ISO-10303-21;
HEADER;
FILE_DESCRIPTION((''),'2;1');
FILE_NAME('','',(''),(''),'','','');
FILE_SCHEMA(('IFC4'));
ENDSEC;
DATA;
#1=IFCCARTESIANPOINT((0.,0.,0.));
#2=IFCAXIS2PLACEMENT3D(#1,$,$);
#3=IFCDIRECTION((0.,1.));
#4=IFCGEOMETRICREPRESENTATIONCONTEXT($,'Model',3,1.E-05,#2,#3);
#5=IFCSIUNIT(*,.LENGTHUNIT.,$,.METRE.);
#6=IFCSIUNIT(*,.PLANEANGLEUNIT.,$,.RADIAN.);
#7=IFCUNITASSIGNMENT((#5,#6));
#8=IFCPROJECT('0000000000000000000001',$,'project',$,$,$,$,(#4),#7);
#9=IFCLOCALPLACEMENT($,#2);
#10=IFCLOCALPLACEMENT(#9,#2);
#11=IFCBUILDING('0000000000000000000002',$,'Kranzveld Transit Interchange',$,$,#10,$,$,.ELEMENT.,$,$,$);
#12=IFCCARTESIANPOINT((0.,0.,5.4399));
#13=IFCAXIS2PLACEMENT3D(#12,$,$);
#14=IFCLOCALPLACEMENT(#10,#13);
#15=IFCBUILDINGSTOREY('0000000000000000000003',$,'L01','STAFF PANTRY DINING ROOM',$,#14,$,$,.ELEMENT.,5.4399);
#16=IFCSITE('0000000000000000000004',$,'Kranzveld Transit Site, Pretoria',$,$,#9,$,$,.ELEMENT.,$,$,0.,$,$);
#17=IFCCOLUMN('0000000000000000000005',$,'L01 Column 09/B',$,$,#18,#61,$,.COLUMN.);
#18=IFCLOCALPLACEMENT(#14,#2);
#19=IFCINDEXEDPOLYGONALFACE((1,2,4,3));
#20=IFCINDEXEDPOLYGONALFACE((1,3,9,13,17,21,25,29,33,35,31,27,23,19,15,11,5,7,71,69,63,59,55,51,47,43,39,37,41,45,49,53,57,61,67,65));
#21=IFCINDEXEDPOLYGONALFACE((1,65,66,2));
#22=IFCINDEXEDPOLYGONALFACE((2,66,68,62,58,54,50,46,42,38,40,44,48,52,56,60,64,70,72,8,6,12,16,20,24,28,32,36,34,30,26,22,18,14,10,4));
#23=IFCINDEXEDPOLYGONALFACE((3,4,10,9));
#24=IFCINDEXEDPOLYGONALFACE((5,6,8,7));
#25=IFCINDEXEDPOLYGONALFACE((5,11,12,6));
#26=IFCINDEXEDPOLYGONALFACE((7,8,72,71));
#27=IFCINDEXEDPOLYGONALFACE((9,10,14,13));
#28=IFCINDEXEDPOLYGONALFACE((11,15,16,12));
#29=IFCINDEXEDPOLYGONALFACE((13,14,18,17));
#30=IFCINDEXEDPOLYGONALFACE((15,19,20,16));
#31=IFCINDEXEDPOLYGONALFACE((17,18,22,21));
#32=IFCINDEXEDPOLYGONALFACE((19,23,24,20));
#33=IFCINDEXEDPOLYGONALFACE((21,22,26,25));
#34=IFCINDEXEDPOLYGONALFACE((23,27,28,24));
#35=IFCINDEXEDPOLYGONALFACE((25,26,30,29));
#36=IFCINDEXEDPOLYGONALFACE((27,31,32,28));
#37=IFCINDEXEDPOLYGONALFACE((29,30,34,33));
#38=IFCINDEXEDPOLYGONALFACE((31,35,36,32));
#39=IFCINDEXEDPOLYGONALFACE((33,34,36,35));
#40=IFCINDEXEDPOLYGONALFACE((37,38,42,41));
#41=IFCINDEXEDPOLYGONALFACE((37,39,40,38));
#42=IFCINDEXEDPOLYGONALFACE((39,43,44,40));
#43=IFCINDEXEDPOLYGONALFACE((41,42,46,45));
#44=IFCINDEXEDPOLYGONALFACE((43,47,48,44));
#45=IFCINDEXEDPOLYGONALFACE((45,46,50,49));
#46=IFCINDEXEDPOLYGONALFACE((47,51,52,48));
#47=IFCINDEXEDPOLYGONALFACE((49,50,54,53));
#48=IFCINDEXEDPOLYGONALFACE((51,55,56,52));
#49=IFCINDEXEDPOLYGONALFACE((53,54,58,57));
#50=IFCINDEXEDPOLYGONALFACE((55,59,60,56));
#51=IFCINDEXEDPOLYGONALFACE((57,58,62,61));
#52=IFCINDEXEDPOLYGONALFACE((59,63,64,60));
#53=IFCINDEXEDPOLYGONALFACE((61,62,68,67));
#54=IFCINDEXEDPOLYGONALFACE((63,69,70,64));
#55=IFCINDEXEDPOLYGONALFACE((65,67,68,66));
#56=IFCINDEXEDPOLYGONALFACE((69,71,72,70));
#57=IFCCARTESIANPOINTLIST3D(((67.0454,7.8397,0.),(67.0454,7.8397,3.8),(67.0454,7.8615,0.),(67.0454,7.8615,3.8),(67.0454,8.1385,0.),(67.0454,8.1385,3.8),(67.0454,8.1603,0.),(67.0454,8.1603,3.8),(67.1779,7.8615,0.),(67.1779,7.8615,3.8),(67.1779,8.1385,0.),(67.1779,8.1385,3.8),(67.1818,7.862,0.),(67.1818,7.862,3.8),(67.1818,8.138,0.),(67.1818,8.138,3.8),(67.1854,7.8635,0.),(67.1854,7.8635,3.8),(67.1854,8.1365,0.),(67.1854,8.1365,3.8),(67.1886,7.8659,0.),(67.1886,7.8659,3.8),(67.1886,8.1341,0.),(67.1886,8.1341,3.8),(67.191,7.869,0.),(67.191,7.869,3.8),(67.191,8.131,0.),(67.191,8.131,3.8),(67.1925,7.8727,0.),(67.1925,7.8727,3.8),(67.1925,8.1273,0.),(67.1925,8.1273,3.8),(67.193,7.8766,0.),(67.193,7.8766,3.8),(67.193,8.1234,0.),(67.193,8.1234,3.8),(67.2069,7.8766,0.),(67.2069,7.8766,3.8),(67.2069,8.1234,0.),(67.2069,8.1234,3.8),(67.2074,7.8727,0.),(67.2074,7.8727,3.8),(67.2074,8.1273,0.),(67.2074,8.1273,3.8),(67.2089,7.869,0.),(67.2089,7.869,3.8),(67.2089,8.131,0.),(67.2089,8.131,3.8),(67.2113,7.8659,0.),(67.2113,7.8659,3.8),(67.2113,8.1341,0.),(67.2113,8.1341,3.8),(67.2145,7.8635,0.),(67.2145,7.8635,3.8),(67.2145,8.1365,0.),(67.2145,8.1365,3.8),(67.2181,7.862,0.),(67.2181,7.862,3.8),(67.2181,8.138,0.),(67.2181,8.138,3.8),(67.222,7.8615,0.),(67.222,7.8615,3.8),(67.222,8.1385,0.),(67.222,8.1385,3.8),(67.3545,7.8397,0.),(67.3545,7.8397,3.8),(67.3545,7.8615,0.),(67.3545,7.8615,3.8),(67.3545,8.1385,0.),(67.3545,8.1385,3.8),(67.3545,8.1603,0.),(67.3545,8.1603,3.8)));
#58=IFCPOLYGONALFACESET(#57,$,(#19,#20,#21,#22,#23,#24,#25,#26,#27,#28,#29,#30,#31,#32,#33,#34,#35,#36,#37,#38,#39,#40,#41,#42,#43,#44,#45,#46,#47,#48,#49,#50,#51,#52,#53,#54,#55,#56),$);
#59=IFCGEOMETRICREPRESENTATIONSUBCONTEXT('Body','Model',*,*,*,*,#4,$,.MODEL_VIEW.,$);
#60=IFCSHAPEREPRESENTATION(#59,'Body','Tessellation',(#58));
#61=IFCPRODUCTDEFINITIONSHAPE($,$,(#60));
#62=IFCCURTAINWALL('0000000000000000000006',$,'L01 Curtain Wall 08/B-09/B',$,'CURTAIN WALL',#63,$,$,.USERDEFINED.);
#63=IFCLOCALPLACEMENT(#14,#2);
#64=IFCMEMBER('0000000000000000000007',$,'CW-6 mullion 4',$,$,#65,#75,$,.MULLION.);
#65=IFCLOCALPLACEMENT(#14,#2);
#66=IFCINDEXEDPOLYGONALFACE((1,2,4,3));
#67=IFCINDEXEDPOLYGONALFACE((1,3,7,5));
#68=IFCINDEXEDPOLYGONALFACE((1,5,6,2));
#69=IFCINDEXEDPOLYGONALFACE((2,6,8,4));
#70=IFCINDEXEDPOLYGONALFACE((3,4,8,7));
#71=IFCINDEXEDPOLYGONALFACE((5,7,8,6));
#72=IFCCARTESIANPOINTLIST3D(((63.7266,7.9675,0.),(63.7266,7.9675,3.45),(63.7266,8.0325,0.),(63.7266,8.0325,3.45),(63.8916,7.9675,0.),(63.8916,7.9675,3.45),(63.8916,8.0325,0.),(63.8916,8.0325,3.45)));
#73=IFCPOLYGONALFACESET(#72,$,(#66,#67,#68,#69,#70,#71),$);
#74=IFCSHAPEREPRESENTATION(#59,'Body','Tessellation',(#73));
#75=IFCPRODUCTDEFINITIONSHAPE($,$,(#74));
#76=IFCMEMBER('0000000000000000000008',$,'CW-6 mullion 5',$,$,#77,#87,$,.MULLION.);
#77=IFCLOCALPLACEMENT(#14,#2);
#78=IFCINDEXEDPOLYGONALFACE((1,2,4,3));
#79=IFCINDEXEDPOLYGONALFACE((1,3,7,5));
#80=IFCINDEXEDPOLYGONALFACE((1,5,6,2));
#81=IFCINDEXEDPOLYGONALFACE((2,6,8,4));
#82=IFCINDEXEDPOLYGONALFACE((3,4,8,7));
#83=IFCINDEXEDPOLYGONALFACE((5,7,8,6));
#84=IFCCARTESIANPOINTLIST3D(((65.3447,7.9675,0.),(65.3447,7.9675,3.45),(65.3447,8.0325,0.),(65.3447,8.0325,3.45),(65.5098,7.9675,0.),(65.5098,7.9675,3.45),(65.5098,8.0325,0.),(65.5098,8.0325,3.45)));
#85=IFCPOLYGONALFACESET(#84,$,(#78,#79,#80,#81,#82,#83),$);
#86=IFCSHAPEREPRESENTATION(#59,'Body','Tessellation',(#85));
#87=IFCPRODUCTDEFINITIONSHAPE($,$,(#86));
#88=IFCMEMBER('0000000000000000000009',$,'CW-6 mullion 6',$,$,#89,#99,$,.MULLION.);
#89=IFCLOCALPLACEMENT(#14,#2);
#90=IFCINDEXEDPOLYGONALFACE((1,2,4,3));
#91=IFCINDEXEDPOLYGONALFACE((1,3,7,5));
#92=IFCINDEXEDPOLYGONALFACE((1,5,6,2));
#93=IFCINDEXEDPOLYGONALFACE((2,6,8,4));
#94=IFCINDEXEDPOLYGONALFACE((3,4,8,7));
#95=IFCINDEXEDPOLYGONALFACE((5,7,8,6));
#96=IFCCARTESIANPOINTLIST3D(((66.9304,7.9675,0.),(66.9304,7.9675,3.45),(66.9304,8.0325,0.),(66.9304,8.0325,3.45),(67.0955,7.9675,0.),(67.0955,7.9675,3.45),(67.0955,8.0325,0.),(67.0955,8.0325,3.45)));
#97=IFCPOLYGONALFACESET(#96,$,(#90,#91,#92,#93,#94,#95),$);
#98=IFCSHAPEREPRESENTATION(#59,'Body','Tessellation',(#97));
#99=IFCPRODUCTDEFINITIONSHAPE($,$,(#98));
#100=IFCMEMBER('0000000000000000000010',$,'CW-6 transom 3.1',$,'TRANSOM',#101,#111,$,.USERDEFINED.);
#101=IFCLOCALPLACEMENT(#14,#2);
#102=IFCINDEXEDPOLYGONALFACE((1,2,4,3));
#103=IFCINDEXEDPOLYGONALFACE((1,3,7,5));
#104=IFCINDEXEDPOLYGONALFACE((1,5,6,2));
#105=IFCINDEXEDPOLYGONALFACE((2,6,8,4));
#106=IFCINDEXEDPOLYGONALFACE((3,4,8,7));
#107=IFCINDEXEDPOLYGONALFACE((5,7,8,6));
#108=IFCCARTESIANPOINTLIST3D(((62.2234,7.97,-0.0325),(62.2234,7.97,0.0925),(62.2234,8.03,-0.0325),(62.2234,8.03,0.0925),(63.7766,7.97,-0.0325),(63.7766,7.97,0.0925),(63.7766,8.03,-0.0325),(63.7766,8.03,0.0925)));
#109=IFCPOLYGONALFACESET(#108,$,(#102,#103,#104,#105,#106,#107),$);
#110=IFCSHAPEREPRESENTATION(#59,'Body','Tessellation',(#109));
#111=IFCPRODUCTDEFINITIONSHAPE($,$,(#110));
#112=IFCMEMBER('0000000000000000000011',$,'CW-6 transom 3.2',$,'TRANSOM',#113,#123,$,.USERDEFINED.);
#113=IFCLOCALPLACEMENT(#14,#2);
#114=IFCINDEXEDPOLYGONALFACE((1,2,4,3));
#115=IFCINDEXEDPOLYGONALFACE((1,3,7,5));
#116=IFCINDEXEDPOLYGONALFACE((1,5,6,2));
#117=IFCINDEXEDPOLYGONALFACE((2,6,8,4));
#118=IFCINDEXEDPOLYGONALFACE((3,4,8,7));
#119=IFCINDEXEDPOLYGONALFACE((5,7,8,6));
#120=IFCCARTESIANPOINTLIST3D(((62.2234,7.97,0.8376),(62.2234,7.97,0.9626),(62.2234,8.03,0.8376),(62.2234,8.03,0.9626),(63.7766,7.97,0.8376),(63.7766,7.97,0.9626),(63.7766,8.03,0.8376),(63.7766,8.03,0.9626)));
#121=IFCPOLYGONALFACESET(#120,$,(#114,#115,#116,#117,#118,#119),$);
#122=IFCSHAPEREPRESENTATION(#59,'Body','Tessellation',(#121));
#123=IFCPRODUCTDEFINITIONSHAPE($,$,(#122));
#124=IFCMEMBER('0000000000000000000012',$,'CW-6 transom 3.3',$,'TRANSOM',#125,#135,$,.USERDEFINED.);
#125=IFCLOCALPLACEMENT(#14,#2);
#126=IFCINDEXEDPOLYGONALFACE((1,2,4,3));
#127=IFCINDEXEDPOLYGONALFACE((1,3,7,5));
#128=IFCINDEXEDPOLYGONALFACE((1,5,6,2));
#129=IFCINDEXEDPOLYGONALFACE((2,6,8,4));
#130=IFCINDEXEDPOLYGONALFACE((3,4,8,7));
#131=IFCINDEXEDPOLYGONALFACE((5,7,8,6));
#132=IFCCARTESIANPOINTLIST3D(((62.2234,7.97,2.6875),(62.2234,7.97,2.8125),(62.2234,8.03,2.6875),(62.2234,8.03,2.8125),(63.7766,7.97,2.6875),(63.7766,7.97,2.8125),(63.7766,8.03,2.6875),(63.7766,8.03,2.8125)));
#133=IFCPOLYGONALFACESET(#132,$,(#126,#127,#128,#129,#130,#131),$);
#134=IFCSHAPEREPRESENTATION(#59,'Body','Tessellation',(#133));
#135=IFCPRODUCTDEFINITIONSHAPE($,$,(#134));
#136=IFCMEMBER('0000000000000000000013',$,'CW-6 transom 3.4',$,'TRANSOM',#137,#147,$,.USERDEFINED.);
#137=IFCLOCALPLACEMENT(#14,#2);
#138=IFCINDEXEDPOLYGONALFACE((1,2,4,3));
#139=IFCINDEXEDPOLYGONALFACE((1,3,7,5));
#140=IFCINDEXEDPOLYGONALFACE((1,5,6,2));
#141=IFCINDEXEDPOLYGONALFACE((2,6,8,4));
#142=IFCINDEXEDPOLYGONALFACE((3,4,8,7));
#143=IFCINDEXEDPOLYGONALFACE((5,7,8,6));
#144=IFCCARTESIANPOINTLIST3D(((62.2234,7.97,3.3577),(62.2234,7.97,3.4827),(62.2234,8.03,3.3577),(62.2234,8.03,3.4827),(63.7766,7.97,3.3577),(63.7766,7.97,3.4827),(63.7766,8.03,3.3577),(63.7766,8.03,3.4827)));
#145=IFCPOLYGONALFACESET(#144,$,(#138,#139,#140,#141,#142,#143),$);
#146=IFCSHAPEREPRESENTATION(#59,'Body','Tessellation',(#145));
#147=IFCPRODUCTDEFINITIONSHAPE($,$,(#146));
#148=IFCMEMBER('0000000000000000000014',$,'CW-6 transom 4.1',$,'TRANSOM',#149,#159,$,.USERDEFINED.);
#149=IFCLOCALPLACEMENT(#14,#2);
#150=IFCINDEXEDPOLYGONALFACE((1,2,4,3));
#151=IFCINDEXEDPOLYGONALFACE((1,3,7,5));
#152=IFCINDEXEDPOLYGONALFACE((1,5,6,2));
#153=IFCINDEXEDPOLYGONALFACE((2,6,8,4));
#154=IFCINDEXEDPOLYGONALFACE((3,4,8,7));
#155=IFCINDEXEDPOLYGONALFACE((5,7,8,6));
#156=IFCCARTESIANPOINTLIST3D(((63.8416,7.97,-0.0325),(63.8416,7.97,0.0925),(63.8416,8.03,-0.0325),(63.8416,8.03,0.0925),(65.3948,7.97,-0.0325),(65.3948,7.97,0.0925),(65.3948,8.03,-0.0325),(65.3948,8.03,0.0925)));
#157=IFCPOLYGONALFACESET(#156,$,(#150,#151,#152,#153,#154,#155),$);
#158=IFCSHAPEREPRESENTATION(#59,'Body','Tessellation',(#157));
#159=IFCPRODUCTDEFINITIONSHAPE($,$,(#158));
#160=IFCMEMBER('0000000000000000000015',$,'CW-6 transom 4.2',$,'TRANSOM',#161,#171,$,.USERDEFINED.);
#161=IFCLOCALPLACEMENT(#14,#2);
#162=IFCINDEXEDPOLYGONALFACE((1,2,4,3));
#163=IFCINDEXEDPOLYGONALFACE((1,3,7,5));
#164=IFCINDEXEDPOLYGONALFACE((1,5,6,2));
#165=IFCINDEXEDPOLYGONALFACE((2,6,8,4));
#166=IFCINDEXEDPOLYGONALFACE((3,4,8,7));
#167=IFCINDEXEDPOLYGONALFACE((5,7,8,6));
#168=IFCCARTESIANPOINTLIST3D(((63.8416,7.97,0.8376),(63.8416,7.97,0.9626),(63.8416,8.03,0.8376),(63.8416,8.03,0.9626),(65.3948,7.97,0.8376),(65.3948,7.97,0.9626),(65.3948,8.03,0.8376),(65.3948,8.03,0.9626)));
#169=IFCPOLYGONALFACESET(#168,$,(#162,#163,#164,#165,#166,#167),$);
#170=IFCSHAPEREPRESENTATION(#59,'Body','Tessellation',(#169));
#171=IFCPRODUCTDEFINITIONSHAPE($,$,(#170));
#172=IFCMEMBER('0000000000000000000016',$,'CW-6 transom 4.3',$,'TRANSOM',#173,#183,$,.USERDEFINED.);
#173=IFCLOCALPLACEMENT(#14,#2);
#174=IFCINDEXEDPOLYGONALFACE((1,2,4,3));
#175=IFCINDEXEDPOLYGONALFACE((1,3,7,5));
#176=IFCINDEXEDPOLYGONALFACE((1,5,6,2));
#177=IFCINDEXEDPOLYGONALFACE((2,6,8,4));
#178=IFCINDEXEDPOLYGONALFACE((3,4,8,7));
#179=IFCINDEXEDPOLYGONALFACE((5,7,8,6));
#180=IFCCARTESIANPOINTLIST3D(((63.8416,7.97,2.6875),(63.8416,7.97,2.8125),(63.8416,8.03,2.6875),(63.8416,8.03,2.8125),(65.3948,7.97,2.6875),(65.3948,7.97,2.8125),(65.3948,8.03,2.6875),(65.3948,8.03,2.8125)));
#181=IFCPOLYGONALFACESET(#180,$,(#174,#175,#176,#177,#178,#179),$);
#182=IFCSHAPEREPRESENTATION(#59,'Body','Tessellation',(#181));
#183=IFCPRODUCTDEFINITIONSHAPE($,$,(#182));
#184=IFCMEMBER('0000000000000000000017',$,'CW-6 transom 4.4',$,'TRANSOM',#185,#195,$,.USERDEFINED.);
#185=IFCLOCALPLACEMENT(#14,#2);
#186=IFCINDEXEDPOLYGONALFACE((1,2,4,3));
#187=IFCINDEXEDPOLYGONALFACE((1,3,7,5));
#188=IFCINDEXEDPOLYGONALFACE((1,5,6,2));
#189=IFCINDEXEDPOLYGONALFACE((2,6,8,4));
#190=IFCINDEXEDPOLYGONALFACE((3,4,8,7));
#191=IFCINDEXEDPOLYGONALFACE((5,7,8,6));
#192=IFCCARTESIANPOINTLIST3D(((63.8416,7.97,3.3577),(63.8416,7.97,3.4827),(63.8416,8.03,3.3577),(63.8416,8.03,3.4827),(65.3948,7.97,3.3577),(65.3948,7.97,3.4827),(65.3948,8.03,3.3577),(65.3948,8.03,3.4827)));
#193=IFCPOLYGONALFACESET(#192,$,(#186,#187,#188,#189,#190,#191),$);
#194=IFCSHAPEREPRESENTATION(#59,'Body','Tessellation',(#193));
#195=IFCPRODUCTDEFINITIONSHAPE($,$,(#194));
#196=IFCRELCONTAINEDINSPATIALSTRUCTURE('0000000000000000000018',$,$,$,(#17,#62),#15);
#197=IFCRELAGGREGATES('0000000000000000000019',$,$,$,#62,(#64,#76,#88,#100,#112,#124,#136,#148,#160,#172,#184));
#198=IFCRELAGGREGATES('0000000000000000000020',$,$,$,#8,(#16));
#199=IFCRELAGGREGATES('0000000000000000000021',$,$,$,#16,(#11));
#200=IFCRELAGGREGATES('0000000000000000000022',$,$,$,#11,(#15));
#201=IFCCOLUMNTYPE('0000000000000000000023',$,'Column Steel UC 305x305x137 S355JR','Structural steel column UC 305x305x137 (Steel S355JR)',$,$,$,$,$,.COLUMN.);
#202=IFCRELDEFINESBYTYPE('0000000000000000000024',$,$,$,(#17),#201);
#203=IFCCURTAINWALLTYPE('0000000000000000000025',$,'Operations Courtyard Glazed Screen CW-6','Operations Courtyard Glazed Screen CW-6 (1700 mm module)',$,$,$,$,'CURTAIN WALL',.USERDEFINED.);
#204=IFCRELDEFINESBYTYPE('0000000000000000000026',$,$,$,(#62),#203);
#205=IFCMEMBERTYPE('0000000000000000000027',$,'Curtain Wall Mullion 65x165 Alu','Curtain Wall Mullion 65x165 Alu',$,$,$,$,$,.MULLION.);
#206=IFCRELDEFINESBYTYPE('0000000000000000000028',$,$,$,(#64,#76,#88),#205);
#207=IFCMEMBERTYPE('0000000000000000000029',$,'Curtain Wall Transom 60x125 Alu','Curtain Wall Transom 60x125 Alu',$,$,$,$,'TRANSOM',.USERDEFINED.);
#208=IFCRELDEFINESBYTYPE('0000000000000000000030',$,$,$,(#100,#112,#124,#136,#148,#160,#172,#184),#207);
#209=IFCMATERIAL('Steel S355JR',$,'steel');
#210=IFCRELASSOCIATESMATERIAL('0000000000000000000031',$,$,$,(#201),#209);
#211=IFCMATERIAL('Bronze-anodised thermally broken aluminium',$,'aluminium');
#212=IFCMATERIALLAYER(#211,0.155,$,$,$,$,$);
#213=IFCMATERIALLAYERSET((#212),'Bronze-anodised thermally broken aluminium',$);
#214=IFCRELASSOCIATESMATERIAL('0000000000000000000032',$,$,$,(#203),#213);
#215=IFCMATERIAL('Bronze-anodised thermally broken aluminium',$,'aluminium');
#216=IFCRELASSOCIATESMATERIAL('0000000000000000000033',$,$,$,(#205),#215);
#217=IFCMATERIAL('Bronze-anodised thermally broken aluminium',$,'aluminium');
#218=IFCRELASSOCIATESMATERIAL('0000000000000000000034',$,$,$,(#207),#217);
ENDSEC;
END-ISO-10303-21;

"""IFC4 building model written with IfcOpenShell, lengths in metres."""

from ifc_helpers import new_model, si_unit, direction, frame, origin, origin_2d, place, context, subcontext, project, spatial, rectangle, i_section, extrude, material, layer, layer_set, material_profile, profile_set, type_object, element, aggregate, save


model = new_model("IFC4")

# Units and contexts
model_context = context("Model", 3, precision=1e-05, world=origin(), true_north=direction((0.0, 1.0)))
body_context = subcontext(model_context, "Body", "Model", "MODEL_VIEW")
ifc_project = project(units=[si_unit("LENGTHUNIT", "METRE"), si_unit("PLANEANGLEUNIT", "RADIAN")], contexts=[model_context])

# Site, building, storey
site_placement = place(None, origin())
site = spatial("IfcSite", under=ifc_project, at=site_placement, Name="Kranzveld Transit Site, Pretoria", CompositionType="ELEMENT", RefElevation=0.0)
building_placement = place(site_placement, origin())
building = spatial("IfcBuilding", under=site, at=building_placement, Name="Kranzveld Transit Interchange", CompositionType="ELEMENT")
storey_placement = place(building_placement, frame((0.0, 0.0, 5.4399)))
storey = spatial("IfcBuildingStorey", under=building, at=storey_placement, Name="L01", Description="STAFF PANTRY DINING ROOM", CompositionType="ELEMENT", Elevation=5.4399)

# Column
ifc_material_1 = material(Name="Steel S355JR", Category="steel")
ifc_material_profile_1 = material_profile(ifc_material_1, i_section(OverallWidth=0.3091, OverallDepth=0.3206, WebThickness=0.0139, FlangeThickness=0.0217, FilletRadius=0.0151, at=origin_2d()), Name="UC 305x305x137")
ifc_profile_set_1 = profile_set([ifc_material_profile_1], Name="Steel S355JR")
column_type = type_object("IfcColumnType", Name="Column Steel UC 305x305x137 S355JR", Description="Structural steel column UC 305x305x137 (Steel S355JR)", PredefinedType="COLUMN", material=ifc_profile_set_1)
column_placement = place(storey_placement, frame((67.2, 8.0, 0.0), z_axis=(0.0, 0.0, 1.0), x_axis=(1.0, 0.0, 0.0)))
element("IfcColumn", 1, at=column_placement, inside=storey, type_object=column_type, Name="L01 Column 09/B", PredefinedType="COLUMN", context=body_context, shape_type="SweptSolid", body=[
    extrude(i_section(OverallWidth=0.3091, OverallDepth=0.3206, WebThickness=0.0139, FlangeThickness=0.0217, FilletRadius=0.0151, at=origin_2d()), origin(), (0.0, 0.0, 1.0), 3.8),
])

# Curtain wall, members
ifc_material_2 = material(Name="Bronze-anodised thermally broken aluminium", Category="aluminium")
ifc_layer_1 = layer(ifc_material_2, 0.155)
ifc_layer_set_1 = layer_set([ifc_layer_1], Name="Bronze-anodised thermally broken aluminium")
curtain_wall_type = type_object("IfcCurtainWallType", Name="Operations Courtyard Glazed Screen CW-6", Description="Operations Courtyard Glazed Screen CW-6 (1700 mm module)", ElementType="CURTAIN WALL", PredefinedType="USERDEFINED", material=ifc_layer_set_1)
curtain_wall_placement = place(storey_placement, origin())
curtain_wall = element("IfcCurtainWall", 2, at=curtain_wall_placement, inside=storey, type_object=curtain_wall_type, Name="L01 Curtain Wall 08/B-09/B", ObjectType="CURTAIN WALL", PredefinedType="USERDEFINED")
ifc_material_3 = material(Name="Bronze-anodised thermally broken aluminium", Category="aluminium")
ifc_material_profile_2 = material_profile(ifc_material_3, rectangle(XDim=0.0649, YDim=0.165, at=origin_2d()), Name="ALU MULLION 65x165")
ifc_profile_set_2 = profile_set([ifc_material_profile_2], Name="Bronze-anodised thermally broken aluminium")
member_type_1 = type_object("IfcMemberType", Name="Curtain Wall Mullion 65x165 Alu", Description="Curtain Wall Mullion 65x165 Alu", PredefinedType="MULLION", material=ifc_profile_set_2)
member_1_placement = place(storey_placement, frame((63.8091, 8.0, 0.0), z_axis=(0.0, 0.0, 1.0), x_axis=(0.0, 1.0, 0.0)))
member_1 = element("IfcMember", 3, at=member_1_placement, type_object=member_type_1, Name="CW-6 mullion 4", PredefinedType="MULLION", context=body_context, shape_type="SweptSolid", body=[
    extrude(rectangle(XDim=0.0649, YDim=0.165, at=origin_2d()), origin(), (0.0, 0.0, 1.0), 3.45),
])
member_2_placement = place(storey_placement, frame((65.4272, 8.0, 0.0), z_axis=(0.0, 0.0, 1.0), x_axis=(0.0, 1.0, 0.0)))
member_2 = element("IfcMember", 4, at=member_2_placement, type_object=member_type_1, Name="CW-6 mullion 5", PredefinedType="MULLION", context=body_context, shape_type="SweptSolid", body=[
    extrude(rectangle(XDim=0.0649, YDim=0.165, at=origin_2d()), origin(), (0.0, 0.0, 1.0), 3.45),
])
member_3_placement = place(storey_placement, frame((67.0129, 8.0, 0.0), z_axis=(0.0, 0.0, 1.0), x_axis=(0.0, 1.0, 0.0)))
member_3 = element("IfcMember", 5, at=member_3_placement, type_object=member_type_1, Name="CW-6 mullion 6", PredefinedType="MULLION", context=body_context, shape_type="SweptSolid", body=[
    extrude(rectangle(XDim=0.0649, YDim=0.165, at=origin_2d()), origin(), (0.0, 0.0, 1.0), 3.45),
])
ifc_material_4 = material(Name="Bronze-anodised thermally broken aluminium", Category="aluminium")
ifc_material_profile_3 = material_profile(ifc_material_4, rectangle(XDim=0.0601, YDim=0.125, at=origin_2d()), Name="ALU TRANSOM 60x125")
ifc_profile_set_3 = profile_set([ifc_material_profile_3], Name="Bronze-anodised thermally broken aluminium")
member_type_2 = type_object("IfcMemberType", Name="Curtain Wall Transom 60x125 Alu", Description="Curtain Wall Transom 60x125 Alu", ElementType="TRANSOM", PredefinedType="USERDEFINED", material=ifc_profile_set_3)
member_4_placement = place(storey_placement, frame((62.2234, 8.0, 0.03), z_axis=(1.0, 0.0, 0.0), x_axis=(0.0, 1.0, 0.0)))
member_4 = element("IfcMember", 6, at=member_4_placement, type_object=member_type_2, Name="CW-6 transom 3.1", ObjectType="TRANSOM", PredefinedType="USERDEFINED", context=body_context, shape_type="SweptSolid", body=[
    extrude(rectangle(XDim=0.0601, YDim=0.125, at=origin_2d()), origin(), (0.0, 0.0, 1.0), 1.5532),
])
member_5_placement = place(storey_placement, frame((62.2234, 8.0, 0.9001), z_axis=(1.0, 0.0, 0.0), x_axis=(0.0, 1.0, 0.0)))
member_5 = element("IfcMember", 7, at=member_5_placement, type_object=member_type_2, Name="CW-6 transom 3.2", ObjectType="TRANSOM", PredefinedType="USERDEFINED", context=body_context, shape_type="SweptSolid", body=[
    extrude(rectangle(XDim=0.0601, YDim=0.125, at=origin_2d()), origin(), (0.0, 0.0, 1.0), 1.5532),
])
member_6_placement = place(storey_placement, frame((62.2234, 8.0, 2.75), z_axis=(1.0, 0.0, 0.0), x_axis=(0.0, 1.0, 0.0)))
member_6 = element("IfcMember", 8, at=member_6_placement, type_object=member_type_2, Name="CW-6 transom 3.3", ObjectType="TRANSOM", PredefinedType="USERDEFINED", context=body_context, shape_type="SweptSolid", body=[
    extrude(rectangle(XDim=0.0601, YDim=0.125, at=origin_2d()), origin(), (0.0, 0.0, 1.0), 1.5532),
])
member_7_placement = place(storey_placement, frame((62.2234, 8.0, 3.4202), z_axis=(1.0, 0.0, 0.0), x_axis=(0.0, 1.0, 0.0)))
member_7 = element("IfcMember", 9, at=member_7_placement, type_object=member_type_2, Name="CW-6 transom 3.4", ObjectType="TRANSOM", PredefinedType="USERDEFINED", context=body_context, shape_type="SweptSolid", body=[
    extrude(rectangle(XDim=0.0601, YDim=0.125, at=origin_2d()), origin(), (0.0, 0.0, 1.0), 1.5532),
])
member_8_placement = place(storey_placement, frame((63.8416, 8.0, 0.03), z_axis=(1.0, 0.0, 0.0), x_axis=(0.0, 1.0, 0.0)))
member_8 = element("IfcMember", 10, at=member_8_placement, type_object=member_type_2, Name="CW-6 transom 4.1", ObjectType="TRANSOM", PredefinedType="USERDEFINED", context=body_context, shape_type="SweptSolid", body=[
    extrude(rectangle(XDim=0.0601, YDim=0.125, at=origin_2d()), origin(), (0.0, 0.0, 1.0), 1.5532),
])
member_9_placement = place(storey_placement, frame((63.8416, 8.0, 0.9001), z_axis=(1.0, 0.0, 0.0), x_axis=(0.0, 1.0, 0.0)))
member_9 = element("IfcMember", 11, at=member_9_placement, type_object=member_type_2, Name="CW-6 transom 4.2", ObjectType="TRANSOM", PredefinedType="USERDEFINED", context=body_context, shape_type="SweptSolid", body=[
    extrude(rectangle(XDim=0.0601, YDim=0.125, at=origin_2d()), origin(), (0.0, 0.0, 1.0), 1.5532),
])
member_10_placement = place(storey_placement, frame((63.8416, 8.0, 2.75), z_axis=(1.0, 0.0, 0.0), x_axis=(0.0, 1.0, 0.0)))
member_10 = element("IfcMember", 12, at=member_10_placement, type_object=member_type_2, Name="CW-6 transom 4.3", ObjectType="TRANSOM", PredefinedType="USERDEFINED", context=body_context, shape_type="SweptSolid", body=[
    extrude(rectangle(XDim=0.0601, YDim=0.125, at=origin_2d()), origin(), (0.0, 0.0, 1.0), 1.5532),
])
member_11_placement = place(storey_placement, frame((63.8416, 8.0, 3.4202), z_axis=(1.0, 0.0, 0.0), x_axis=(0.0, 1.0, 0.0)))
member_11 = element("IfcMember", 13, at=member_11_placement, type_object=member_type_2, Name="CW-6 transom 4.4", ObjectType="TRANSOM", PredefinedType="USERDEFINED", context=body_context, shape_type="SweptSolid", body=[
    extrude(rectangle(XDim=0.0601, YDim=0.125, at=origin_2d()), origin(), (0.0, 0.0, 1.0), 1.5532),
])

aggregate(curtain_wall, [member_1, member_2, member_3, member_4, member_5, member_6, member_7, member_8, member_9, member_10, member_11])

save(model, "model.ifc")
